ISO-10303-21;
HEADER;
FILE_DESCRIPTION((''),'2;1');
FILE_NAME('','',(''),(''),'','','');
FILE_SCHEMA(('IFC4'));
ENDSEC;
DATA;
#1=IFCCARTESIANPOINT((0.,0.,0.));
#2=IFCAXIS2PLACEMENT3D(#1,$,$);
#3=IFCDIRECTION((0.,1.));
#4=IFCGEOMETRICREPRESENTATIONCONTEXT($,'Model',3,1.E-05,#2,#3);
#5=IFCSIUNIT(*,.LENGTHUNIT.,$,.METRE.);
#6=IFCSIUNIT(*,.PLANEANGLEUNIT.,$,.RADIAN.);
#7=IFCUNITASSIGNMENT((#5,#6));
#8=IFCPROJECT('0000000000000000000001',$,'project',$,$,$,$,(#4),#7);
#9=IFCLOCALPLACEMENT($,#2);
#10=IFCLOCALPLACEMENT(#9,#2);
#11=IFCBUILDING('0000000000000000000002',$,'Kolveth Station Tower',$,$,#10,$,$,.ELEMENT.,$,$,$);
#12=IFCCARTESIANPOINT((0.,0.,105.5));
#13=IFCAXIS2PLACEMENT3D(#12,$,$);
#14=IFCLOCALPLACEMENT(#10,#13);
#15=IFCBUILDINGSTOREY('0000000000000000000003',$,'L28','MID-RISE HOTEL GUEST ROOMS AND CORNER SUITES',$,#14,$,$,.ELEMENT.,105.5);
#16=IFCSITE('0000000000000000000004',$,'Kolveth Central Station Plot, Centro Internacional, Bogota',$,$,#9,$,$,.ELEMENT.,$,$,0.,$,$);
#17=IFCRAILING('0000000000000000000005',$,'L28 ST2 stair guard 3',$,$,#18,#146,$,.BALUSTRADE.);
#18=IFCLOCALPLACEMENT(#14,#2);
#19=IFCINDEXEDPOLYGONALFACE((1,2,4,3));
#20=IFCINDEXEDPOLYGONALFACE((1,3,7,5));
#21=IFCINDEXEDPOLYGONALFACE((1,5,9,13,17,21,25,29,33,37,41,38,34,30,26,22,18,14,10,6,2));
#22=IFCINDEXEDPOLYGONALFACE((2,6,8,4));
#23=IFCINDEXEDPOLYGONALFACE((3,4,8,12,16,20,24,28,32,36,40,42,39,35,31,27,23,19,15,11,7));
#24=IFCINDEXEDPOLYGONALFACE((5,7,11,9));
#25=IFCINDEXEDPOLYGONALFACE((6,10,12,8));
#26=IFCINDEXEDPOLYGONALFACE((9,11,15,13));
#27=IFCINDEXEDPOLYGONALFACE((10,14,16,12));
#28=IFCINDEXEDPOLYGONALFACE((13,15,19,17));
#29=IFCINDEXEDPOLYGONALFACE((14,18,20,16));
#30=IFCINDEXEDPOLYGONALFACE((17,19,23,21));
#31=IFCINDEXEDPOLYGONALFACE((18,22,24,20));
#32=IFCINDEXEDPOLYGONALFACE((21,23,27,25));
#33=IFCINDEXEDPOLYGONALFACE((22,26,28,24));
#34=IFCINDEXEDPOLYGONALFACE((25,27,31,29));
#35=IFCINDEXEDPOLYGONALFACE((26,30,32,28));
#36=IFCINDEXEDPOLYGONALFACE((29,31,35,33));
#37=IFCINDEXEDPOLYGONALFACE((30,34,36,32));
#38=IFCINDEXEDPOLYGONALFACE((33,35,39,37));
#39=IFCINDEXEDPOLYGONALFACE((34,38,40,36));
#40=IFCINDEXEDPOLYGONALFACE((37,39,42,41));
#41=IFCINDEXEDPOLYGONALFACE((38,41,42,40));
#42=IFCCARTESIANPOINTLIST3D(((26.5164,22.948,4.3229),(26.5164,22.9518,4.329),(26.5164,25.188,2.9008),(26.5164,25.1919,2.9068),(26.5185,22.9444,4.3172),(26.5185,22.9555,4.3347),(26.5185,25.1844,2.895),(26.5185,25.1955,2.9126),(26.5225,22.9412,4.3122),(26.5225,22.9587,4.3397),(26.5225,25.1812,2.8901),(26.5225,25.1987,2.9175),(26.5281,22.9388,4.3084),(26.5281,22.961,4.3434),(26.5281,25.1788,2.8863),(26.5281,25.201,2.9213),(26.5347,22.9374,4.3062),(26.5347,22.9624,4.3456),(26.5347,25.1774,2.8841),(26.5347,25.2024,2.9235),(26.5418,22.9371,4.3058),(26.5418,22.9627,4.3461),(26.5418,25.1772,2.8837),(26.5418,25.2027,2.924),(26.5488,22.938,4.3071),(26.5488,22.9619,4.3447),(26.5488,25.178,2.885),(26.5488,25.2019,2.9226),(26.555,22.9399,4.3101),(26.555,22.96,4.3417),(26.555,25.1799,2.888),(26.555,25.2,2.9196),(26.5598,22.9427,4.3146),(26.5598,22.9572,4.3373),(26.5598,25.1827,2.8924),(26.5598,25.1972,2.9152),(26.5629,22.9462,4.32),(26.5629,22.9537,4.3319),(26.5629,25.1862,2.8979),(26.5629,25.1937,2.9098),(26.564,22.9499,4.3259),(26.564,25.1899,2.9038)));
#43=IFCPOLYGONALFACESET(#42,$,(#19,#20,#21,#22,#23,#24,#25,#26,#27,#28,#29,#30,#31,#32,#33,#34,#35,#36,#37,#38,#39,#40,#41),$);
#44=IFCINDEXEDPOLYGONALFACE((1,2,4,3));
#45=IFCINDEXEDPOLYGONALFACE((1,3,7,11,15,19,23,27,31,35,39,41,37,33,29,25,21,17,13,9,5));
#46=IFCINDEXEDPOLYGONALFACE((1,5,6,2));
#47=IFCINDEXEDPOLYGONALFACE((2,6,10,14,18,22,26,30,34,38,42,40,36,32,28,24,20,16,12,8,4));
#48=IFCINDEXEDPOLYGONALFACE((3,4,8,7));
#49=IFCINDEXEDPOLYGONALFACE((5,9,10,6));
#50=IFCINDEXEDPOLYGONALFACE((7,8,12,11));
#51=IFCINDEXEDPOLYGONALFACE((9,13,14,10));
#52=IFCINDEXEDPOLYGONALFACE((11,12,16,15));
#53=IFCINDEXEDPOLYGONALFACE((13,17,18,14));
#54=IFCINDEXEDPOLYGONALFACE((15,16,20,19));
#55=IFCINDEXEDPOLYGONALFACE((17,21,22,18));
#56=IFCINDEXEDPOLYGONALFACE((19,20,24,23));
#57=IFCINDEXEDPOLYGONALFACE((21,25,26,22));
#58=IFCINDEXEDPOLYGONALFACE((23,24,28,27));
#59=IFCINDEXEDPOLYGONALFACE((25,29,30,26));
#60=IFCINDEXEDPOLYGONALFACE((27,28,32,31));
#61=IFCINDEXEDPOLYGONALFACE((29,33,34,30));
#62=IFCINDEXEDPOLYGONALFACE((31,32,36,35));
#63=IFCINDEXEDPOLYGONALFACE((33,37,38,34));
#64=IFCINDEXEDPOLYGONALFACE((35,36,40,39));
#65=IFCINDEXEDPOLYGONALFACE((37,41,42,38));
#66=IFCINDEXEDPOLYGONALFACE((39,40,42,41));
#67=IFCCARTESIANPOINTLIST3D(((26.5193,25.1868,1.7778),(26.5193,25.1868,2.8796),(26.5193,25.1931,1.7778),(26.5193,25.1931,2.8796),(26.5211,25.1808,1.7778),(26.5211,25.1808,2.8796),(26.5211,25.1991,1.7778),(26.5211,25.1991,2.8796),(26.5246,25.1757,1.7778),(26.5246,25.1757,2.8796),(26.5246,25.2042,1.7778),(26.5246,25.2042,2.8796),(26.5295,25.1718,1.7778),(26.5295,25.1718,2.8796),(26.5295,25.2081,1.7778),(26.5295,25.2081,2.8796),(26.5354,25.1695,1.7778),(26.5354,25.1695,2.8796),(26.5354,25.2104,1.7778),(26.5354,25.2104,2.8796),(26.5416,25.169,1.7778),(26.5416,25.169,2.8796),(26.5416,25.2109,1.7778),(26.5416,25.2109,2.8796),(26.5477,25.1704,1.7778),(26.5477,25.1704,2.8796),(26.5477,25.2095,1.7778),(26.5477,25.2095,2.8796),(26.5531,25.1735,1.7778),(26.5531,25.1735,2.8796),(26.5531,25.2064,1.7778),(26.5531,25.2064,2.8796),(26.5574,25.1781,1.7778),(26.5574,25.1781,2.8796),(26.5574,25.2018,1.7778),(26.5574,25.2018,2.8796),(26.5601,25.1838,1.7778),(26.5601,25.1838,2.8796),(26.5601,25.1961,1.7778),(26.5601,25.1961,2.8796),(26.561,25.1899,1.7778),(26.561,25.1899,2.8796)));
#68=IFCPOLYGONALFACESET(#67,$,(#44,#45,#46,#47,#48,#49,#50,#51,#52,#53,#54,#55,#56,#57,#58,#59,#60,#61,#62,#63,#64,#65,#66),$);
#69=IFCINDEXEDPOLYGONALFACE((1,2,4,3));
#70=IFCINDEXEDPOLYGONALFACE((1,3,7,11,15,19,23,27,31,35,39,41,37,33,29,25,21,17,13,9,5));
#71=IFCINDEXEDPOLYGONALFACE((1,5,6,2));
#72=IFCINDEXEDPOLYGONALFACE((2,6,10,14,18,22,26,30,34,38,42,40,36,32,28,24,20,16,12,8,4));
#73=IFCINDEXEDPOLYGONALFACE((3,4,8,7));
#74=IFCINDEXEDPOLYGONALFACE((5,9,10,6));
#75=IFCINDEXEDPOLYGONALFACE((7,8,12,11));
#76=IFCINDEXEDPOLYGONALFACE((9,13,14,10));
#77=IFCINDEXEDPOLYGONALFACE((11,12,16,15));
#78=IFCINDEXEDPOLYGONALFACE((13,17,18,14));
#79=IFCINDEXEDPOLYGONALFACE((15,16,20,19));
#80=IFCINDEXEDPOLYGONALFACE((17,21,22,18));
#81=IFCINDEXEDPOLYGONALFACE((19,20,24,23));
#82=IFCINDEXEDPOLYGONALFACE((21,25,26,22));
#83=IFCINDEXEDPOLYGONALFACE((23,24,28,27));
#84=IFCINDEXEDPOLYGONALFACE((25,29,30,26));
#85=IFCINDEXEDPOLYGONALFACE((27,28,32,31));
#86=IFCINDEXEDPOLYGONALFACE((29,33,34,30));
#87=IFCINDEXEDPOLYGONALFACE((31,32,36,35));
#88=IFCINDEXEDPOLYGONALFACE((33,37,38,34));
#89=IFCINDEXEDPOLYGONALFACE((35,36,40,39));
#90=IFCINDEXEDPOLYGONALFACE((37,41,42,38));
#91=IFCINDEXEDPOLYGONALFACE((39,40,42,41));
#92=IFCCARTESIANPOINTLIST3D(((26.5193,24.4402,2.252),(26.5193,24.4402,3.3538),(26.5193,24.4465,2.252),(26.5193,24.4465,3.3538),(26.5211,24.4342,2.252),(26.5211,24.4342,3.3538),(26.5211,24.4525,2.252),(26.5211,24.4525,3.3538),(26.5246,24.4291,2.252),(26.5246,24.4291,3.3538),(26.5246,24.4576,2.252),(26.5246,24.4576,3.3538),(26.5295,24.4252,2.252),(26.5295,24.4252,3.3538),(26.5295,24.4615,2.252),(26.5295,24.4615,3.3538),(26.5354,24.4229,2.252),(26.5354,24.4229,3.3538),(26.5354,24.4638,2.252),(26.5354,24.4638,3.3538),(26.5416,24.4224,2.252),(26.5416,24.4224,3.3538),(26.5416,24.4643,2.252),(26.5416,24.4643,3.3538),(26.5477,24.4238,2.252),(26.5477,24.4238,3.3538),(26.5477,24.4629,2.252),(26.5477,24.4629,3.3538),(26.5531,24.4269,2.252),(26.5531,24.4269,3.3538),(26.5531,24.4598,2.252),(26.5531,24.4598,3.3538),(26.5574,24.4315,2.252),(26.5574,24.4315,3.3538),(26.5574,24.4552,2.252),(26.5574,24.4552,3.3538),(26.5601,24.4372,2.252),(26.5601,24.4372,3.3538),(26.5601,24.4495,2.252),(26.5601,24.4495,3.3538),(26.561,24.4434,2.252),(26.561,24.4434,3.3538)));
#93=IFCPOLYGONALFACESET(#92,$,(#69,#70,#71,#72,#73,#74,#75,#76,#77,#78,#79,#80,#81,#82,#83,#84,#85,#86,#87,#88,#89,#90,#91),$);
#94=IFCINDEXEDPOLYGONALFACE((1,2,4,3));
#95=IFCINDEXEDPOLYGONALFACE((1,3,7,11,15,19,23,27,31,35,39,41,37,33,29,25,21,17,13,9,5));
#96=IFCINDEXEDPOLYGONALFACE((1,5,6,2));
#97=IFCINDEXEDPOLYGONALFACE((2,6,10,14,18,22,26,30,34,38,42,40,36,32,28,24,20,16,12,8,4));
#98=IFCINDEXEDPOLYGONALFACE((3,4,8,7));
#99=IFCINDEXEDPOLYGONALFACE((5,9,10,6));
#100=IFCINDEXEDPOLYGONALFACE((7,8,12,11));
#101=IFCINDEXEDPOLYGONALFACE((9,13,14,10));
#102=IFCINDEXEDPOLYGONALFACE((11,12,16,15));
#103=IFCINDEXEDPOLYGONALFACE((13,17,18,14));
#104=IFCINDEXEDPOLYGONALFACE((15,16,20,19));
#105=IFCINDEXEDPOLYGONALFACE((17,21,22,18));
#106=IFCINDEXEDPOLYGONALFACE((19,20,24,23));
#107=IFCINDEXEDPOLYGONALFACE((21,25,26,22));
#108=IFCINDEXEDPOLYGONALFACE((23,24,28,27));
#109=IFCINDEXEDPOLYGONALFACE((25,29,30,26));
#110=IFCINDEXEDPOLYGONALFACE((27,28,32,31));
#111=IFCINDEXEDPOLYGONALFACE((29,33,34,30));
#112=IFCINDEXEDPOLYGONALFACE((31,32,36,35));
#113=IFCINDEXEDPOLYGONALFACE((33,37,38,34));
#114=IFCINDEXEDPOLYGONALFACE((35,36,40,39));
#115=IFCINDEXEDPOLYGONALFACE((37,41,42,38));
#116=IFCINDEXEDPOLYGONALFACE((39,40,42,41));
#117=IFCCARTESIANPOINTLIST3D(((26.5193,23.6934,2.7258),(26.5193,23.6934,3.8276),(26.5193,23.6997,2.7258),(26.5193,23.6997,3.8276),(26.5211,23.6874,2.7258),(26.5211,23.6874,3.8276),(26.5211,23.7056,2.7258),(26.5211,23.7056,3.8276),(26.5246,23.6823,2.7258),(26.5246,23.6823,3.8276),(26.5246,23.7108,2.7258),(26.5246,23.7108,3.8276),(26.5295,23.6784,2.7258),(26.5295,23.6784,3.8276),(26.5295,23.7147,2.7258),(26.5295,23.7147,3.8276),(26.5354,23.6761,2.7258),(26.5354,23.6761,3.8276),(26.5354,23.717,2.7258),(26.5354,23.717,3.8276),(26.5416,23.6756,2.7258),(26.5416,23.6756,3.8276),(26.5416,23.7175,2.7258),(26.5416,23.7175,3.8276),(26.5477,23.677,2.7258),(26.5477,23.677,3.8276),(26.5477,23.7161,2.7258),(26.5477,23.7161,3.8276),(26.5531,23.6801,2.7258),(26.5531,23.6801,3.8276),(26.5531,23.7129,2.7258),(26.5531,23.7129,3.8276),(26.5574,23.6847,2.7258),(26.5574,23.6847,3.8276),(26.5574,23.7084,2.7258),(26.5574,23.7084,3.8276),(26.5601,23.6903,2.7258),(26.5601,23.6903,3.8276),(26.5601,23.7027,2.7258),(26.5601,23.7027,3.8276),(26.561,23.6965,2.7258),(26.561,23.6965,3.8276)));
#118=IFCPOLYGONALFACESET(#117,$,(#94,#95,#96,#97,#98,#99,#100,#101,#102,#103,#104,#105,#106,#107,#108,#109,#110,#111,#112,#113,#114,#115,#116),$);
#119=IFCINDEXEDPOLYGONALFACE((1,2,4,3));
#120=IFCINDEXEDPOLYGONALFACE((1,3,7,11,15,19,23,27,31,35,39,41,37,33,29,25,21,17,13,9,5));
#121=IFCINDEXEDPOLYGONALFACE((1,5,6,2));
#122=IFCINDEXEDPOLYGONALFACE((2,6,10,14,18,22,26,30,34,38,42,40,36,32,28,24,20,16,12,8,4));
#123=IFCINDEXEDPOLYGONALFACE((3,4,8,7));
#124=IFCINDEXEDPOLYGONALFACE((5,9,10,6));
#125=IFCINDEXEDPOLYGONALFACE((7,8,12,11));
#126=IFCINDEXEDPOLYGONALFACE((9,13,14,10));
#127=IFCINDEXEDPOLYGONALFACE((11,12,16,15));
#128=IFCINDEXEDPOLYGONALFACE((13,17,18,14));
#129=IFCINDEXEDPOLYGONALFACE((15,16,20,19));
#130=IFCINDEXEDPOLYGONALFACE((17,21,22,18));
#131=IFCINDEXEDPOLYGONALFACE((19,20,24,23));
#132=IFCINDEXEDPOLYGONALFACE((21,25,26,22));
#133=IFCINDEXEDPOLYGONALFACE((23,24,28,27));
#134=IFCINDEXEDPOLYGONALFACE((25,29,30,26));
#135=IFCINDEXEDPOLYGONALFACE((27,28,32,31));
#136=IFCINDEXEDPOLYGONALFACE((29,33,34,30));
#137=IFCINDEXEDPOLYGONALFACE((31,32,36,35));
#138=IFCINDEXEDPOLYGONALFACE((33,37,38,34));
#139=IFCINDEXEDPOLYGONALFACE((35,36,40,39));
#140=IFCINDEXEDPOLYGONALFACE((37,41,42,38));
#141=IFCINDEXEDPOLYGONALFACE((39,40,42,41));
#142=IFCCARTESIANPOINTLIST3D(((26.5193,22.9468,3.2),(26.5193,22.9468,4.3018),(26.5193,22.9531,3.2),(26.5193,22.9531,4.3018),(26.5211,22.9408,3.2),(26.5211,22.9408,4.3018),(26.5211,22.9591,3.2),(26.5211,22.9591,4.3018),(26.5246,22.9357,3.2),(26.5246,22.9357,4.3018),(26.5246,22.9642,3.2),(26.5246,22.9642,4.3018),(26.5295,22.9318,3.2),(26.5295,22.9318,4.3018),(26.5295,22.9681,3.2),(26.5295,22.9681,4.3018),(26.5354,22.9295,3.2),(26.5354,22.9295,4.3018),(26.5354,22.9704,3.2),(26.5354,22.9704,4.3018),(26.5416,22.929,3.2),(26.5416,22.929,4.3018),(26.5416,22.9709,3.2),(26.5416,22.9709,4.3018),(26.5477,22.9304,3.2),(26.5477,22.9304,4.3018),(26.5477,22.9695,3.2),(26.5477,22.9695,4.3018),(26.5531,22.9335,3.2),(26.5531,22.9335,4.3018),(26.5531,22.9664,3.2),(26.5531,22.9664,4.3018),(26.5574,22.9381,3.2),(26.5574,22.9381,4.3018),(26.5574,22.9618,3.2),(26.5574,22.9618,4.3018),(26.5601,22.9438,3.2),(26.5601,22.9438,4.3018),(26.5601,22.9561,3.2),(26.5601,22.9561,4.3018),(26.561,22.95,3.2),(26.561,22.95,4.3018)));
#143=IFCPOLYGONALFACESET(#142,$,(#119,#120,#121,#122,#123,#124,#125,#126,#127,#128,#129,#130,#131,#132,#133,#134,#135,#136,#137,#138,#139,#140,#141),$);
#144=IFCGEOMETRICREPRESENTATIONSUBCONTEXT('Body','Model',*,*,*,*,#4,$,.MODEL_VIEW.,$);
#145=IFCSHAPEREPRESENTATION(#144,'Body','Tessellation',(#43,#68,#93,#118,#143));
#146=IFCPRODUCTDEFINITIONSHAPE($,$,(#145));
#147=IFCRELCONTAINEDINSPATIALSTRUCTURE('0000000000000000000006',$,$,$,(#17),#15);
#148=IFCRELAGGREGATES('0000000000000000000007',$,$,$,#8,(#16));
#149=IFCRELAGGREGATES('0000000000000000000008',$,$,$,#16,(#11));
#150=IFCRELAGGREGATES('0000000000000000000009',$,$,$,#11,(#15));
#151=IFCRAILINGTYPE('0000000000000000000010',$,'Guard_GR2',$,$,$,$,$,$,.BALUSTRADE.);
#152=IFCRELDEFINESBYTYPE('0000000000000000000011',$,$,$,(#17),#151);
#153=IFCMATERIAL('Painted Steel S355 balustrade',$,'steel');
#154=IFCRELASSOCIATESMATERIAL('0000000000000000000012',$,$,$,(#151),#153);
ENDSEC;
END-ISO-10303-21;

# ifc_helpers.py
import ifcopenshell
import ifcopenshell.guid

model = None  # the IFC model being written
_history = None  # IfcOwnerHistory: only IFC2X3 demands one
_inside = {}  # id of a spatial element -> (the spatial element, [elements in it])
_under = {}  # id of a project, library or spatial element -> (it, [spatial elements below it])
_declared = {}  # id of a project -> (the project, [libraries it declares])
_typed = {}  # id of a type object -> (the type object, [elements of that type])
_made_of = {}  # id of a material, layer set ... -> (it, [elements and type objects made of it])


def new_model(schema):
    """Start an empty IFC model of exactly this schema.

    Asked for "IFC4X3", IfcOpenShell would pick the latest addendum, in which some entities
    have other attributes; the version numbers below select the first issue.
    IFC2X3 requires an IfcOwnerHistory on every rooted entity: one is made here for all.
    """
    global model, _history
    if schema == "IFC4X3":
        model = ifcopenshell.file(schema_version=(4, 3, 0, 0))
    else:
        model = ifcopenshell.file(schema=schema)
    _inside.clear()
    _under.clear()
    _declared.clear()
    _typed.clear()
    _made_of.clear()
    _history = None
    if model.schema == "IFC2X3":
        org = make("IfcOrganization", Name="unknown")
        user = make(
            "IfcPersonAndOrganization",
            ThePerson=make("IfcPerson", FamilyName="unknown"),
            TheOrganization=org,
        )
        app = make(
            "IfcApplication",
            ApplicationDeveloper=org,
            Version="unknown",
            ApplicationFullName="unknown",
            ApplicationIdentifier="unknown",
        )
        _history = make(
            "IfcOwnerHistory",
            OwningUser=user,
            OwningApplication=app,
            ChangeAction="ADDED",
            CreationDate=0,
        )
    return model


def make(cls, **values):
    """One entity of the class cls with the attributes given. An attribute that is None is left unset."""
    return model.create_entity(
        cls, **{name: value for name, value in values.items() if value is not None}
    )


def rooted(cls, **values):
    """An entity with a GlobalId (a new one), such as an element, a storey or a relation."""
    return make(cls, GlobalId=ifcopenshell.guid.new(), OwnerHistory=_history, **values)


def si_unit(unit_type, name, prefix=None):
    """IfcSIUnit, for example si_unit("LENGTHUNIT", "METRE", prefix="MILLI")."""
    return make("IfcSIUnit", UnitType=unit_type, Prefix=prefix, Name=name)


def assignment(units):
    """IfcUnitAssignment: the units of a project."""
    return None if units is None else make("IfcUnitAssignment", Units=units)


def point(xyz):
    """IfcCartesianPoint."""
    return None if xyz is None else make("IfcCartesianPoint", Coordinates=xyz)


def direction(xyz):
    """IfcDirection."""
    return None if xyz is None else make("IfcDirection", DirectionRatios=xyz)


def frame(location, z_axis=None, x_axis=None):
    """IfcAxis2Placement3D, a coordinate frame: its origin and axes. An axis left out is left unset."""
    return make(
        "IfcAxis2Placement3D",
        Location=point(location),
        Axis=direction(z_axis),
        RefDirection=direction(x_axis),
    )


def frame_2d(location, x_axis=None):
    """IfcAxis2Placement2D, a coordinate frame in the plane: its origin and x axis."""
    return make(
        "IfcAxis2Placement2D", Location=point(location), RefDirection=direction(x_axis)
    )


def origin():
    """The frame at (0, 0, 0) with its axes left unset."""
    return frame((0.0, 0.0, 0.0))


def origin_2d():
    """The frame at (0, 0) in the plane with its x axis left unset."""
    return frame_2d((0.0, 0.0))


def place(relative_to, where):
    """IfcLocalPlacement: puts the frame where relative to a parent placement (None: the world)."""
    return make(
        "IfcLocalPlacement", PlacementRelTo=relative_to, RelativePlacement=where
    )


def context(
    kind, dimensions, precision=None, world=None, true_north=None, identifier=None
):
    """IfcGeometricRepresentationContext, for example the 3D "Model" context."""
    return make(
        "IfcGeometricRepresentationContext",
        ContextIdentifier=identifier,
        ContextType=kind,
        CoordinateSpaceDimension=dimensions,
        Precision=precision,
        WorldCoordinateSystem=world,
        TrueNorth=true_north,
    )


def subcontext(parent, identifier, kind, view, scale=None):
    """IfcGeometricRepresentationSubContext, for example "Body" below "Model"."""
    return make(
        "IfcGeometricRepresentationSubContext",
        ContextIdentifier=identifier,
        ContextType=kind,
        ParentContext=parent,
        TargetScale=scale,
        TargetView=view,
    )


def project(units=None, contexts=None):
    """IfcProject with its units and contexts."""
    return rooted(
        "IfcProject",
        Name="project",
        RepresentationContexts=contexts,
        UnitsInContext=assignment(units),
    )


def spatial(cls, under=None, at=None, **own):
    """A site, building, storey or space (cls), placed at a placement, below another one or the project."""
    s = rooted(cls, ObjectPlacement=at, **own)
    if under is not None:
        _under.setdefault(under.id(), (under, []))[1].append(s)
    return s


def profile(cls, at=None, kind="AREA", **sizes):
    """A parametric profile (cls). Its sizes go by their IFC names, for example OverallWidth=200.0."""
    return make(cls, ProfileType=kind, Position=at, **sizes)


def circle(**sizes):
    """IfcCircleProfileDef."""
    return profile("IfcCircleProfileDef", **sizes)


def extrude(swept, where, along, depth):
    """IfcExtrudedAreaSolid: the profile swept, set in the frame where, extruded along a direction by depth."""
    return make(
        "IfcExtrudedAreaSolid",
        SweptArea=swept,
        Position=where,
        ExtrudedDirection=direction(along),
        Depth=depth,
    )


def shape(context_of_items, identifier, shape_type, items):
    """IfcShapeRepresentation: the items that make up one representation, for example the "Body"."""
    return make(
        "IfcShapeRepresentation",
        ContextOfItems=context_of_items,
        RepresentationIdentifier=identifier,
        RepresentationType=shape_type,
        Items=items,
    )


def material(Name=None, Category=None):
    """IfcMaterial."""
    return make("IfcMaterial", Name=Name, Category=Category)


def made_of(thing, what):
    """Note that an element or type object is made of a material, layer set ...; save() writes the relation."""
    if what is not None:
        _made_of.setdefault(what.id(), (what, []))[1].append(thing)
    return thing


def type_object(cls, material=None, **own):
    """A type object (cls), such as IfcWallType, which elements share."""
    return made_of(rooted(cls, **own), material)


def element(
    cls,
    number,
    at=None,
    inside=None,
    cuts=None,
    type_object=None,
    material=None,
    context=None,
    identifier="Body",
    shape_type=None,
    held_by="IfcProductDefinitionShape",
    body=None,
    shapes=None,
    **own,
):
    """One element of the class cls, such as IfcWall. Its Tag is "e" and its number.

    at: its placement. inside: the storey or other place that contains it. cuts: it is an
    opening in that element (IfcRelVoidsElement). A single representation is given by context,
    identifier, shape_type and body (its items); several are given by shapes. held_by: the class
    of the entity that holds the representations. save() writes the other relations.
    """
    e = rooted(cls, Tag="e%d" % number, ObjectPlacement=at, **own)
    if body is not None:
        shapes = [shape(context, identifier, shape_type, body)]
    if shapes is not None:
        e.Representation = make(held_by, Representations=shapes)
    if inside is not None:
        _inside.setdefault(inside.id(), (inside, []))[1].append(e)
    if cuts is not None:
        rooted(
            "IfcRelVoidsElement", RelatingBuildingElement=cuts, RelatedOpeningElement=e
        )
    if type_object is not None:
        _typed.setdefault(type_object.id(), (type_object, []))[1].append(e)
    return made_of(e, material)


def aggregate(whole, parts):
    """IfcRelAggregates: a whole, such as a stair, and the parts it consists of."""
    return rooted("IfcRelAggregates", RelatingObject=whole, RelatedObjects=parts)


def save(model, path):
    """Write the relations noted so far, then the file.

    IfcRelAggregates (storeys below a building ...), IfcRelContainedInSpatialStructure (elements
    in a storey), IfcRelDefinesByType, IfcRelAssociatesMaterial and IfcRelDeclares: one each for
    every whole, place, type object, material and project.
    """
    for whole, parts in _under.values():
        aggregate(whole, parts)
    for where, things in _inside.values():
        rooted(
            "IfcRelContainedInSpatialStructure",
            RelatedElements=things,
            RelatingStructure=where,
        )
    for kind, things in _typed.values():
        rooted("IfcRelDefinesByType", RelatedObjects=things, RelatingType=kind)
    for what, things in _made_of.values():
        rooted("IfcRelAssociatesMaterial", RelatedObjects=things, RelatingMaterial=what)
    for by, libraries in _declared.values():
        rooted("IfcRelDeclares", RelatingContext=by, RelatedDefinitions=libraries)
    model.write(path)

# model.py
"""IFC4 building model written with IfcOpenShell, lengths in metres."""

from ifc_helpers import new_model, si_unit, direction, frame, origin, origin_2d, place, context, subcontext, project, spatial, circle, extrude, material, type_object, element, save


model = new_model("IFC4")

# Units and contexts
model_context = context("Model", 3, precision=1e-05, world=origin(), true_north=direction((0.0, 1.0)))
body_context = subcontext(model_context, "Body", "Model", "MODEL_VIEW")
ifc_project = project(units=[si_unit("LENGTHUNIT", "METRE"), si_unit("PLANEANGLEUNIT", "RADIAN")], contexts=[model_context])

# Site, building, storey
site_placement = place(None, origin())
site = spatial("IfcSite", under=ifc_project, at=site_placement, Name="Kolveth Central Station Plot, Centro Internacional, Bogota", CompositionType="ELEMENT", RefElevation=0.0)
building_placement = place(site_placement, origin())
building = spatial("IfcBuilding", under=site, at=building_placement, Name="Kolveth Station Tower", CompositionType="ELEMENT")
storey_placement = place(building_placement, frame((0.0, 0.0, 105.5)))
storey = spatial("IfcBuildingStorey", under=building, at=storey_placement, Name="L28", Description="MID-RISE HOTEL GUEST ROOMS AND CORNER SUITES", CompositionType="ELEMENT", Elevation=105.5)

# Railing
ifc_material_1 = material(Name="Painted Steel S355 balustrade", Category="steel")
railing_type_1 = type_object("IfcRailingType", Name="Guard_GR2", PredefinedType="BALUSTRADE", material=ifc_material_1)
railing_1_placement = place(storey_placement, frame((26.54, 25.1899, 1.7778)))
element("IfcRailing", 1, at=railing_1_placement, inside=storey, type_object=railing_type_1, Name="L28 ST2 stair guard 3", PredefinedType="BALUSTRADE", context=body_context, shape_type="SweptSolid", body=[
    extrude(circle(Radius=0.0239, at=origin_2d()), frame((0.0, 0.0, 1.126), z_axis=(0.0, -0.844229, 0.535982), x_axis=(1.0, 0.0, 0.0)), (0.0, 0.0, 1.0), 2.6533),
    extrude(circle(Radius=0.021, at=origin_2d()), origin(), (0.0, 0.0, 1.0), 1.1018),
    extrude(circle(Radius=0.021, at=origin_2d()), frame((0.0, -0.7466, 0.4741)), (0.0, 0.0, 1.0), 1.1018),
    extrude(circle(Radius=0.021, at=origin_2d()), frame((0.0, -1.4934, 0.948)), (0.0, 0.0, 1.0), 1.1018),
    extrude(circle(Radius=0.021, at=origin_2d()), frame((0.0, -2.24, 1.4221)), (0.0, 0.0, 1.0), 1.1018),
])

save(model, "model.ifc")
